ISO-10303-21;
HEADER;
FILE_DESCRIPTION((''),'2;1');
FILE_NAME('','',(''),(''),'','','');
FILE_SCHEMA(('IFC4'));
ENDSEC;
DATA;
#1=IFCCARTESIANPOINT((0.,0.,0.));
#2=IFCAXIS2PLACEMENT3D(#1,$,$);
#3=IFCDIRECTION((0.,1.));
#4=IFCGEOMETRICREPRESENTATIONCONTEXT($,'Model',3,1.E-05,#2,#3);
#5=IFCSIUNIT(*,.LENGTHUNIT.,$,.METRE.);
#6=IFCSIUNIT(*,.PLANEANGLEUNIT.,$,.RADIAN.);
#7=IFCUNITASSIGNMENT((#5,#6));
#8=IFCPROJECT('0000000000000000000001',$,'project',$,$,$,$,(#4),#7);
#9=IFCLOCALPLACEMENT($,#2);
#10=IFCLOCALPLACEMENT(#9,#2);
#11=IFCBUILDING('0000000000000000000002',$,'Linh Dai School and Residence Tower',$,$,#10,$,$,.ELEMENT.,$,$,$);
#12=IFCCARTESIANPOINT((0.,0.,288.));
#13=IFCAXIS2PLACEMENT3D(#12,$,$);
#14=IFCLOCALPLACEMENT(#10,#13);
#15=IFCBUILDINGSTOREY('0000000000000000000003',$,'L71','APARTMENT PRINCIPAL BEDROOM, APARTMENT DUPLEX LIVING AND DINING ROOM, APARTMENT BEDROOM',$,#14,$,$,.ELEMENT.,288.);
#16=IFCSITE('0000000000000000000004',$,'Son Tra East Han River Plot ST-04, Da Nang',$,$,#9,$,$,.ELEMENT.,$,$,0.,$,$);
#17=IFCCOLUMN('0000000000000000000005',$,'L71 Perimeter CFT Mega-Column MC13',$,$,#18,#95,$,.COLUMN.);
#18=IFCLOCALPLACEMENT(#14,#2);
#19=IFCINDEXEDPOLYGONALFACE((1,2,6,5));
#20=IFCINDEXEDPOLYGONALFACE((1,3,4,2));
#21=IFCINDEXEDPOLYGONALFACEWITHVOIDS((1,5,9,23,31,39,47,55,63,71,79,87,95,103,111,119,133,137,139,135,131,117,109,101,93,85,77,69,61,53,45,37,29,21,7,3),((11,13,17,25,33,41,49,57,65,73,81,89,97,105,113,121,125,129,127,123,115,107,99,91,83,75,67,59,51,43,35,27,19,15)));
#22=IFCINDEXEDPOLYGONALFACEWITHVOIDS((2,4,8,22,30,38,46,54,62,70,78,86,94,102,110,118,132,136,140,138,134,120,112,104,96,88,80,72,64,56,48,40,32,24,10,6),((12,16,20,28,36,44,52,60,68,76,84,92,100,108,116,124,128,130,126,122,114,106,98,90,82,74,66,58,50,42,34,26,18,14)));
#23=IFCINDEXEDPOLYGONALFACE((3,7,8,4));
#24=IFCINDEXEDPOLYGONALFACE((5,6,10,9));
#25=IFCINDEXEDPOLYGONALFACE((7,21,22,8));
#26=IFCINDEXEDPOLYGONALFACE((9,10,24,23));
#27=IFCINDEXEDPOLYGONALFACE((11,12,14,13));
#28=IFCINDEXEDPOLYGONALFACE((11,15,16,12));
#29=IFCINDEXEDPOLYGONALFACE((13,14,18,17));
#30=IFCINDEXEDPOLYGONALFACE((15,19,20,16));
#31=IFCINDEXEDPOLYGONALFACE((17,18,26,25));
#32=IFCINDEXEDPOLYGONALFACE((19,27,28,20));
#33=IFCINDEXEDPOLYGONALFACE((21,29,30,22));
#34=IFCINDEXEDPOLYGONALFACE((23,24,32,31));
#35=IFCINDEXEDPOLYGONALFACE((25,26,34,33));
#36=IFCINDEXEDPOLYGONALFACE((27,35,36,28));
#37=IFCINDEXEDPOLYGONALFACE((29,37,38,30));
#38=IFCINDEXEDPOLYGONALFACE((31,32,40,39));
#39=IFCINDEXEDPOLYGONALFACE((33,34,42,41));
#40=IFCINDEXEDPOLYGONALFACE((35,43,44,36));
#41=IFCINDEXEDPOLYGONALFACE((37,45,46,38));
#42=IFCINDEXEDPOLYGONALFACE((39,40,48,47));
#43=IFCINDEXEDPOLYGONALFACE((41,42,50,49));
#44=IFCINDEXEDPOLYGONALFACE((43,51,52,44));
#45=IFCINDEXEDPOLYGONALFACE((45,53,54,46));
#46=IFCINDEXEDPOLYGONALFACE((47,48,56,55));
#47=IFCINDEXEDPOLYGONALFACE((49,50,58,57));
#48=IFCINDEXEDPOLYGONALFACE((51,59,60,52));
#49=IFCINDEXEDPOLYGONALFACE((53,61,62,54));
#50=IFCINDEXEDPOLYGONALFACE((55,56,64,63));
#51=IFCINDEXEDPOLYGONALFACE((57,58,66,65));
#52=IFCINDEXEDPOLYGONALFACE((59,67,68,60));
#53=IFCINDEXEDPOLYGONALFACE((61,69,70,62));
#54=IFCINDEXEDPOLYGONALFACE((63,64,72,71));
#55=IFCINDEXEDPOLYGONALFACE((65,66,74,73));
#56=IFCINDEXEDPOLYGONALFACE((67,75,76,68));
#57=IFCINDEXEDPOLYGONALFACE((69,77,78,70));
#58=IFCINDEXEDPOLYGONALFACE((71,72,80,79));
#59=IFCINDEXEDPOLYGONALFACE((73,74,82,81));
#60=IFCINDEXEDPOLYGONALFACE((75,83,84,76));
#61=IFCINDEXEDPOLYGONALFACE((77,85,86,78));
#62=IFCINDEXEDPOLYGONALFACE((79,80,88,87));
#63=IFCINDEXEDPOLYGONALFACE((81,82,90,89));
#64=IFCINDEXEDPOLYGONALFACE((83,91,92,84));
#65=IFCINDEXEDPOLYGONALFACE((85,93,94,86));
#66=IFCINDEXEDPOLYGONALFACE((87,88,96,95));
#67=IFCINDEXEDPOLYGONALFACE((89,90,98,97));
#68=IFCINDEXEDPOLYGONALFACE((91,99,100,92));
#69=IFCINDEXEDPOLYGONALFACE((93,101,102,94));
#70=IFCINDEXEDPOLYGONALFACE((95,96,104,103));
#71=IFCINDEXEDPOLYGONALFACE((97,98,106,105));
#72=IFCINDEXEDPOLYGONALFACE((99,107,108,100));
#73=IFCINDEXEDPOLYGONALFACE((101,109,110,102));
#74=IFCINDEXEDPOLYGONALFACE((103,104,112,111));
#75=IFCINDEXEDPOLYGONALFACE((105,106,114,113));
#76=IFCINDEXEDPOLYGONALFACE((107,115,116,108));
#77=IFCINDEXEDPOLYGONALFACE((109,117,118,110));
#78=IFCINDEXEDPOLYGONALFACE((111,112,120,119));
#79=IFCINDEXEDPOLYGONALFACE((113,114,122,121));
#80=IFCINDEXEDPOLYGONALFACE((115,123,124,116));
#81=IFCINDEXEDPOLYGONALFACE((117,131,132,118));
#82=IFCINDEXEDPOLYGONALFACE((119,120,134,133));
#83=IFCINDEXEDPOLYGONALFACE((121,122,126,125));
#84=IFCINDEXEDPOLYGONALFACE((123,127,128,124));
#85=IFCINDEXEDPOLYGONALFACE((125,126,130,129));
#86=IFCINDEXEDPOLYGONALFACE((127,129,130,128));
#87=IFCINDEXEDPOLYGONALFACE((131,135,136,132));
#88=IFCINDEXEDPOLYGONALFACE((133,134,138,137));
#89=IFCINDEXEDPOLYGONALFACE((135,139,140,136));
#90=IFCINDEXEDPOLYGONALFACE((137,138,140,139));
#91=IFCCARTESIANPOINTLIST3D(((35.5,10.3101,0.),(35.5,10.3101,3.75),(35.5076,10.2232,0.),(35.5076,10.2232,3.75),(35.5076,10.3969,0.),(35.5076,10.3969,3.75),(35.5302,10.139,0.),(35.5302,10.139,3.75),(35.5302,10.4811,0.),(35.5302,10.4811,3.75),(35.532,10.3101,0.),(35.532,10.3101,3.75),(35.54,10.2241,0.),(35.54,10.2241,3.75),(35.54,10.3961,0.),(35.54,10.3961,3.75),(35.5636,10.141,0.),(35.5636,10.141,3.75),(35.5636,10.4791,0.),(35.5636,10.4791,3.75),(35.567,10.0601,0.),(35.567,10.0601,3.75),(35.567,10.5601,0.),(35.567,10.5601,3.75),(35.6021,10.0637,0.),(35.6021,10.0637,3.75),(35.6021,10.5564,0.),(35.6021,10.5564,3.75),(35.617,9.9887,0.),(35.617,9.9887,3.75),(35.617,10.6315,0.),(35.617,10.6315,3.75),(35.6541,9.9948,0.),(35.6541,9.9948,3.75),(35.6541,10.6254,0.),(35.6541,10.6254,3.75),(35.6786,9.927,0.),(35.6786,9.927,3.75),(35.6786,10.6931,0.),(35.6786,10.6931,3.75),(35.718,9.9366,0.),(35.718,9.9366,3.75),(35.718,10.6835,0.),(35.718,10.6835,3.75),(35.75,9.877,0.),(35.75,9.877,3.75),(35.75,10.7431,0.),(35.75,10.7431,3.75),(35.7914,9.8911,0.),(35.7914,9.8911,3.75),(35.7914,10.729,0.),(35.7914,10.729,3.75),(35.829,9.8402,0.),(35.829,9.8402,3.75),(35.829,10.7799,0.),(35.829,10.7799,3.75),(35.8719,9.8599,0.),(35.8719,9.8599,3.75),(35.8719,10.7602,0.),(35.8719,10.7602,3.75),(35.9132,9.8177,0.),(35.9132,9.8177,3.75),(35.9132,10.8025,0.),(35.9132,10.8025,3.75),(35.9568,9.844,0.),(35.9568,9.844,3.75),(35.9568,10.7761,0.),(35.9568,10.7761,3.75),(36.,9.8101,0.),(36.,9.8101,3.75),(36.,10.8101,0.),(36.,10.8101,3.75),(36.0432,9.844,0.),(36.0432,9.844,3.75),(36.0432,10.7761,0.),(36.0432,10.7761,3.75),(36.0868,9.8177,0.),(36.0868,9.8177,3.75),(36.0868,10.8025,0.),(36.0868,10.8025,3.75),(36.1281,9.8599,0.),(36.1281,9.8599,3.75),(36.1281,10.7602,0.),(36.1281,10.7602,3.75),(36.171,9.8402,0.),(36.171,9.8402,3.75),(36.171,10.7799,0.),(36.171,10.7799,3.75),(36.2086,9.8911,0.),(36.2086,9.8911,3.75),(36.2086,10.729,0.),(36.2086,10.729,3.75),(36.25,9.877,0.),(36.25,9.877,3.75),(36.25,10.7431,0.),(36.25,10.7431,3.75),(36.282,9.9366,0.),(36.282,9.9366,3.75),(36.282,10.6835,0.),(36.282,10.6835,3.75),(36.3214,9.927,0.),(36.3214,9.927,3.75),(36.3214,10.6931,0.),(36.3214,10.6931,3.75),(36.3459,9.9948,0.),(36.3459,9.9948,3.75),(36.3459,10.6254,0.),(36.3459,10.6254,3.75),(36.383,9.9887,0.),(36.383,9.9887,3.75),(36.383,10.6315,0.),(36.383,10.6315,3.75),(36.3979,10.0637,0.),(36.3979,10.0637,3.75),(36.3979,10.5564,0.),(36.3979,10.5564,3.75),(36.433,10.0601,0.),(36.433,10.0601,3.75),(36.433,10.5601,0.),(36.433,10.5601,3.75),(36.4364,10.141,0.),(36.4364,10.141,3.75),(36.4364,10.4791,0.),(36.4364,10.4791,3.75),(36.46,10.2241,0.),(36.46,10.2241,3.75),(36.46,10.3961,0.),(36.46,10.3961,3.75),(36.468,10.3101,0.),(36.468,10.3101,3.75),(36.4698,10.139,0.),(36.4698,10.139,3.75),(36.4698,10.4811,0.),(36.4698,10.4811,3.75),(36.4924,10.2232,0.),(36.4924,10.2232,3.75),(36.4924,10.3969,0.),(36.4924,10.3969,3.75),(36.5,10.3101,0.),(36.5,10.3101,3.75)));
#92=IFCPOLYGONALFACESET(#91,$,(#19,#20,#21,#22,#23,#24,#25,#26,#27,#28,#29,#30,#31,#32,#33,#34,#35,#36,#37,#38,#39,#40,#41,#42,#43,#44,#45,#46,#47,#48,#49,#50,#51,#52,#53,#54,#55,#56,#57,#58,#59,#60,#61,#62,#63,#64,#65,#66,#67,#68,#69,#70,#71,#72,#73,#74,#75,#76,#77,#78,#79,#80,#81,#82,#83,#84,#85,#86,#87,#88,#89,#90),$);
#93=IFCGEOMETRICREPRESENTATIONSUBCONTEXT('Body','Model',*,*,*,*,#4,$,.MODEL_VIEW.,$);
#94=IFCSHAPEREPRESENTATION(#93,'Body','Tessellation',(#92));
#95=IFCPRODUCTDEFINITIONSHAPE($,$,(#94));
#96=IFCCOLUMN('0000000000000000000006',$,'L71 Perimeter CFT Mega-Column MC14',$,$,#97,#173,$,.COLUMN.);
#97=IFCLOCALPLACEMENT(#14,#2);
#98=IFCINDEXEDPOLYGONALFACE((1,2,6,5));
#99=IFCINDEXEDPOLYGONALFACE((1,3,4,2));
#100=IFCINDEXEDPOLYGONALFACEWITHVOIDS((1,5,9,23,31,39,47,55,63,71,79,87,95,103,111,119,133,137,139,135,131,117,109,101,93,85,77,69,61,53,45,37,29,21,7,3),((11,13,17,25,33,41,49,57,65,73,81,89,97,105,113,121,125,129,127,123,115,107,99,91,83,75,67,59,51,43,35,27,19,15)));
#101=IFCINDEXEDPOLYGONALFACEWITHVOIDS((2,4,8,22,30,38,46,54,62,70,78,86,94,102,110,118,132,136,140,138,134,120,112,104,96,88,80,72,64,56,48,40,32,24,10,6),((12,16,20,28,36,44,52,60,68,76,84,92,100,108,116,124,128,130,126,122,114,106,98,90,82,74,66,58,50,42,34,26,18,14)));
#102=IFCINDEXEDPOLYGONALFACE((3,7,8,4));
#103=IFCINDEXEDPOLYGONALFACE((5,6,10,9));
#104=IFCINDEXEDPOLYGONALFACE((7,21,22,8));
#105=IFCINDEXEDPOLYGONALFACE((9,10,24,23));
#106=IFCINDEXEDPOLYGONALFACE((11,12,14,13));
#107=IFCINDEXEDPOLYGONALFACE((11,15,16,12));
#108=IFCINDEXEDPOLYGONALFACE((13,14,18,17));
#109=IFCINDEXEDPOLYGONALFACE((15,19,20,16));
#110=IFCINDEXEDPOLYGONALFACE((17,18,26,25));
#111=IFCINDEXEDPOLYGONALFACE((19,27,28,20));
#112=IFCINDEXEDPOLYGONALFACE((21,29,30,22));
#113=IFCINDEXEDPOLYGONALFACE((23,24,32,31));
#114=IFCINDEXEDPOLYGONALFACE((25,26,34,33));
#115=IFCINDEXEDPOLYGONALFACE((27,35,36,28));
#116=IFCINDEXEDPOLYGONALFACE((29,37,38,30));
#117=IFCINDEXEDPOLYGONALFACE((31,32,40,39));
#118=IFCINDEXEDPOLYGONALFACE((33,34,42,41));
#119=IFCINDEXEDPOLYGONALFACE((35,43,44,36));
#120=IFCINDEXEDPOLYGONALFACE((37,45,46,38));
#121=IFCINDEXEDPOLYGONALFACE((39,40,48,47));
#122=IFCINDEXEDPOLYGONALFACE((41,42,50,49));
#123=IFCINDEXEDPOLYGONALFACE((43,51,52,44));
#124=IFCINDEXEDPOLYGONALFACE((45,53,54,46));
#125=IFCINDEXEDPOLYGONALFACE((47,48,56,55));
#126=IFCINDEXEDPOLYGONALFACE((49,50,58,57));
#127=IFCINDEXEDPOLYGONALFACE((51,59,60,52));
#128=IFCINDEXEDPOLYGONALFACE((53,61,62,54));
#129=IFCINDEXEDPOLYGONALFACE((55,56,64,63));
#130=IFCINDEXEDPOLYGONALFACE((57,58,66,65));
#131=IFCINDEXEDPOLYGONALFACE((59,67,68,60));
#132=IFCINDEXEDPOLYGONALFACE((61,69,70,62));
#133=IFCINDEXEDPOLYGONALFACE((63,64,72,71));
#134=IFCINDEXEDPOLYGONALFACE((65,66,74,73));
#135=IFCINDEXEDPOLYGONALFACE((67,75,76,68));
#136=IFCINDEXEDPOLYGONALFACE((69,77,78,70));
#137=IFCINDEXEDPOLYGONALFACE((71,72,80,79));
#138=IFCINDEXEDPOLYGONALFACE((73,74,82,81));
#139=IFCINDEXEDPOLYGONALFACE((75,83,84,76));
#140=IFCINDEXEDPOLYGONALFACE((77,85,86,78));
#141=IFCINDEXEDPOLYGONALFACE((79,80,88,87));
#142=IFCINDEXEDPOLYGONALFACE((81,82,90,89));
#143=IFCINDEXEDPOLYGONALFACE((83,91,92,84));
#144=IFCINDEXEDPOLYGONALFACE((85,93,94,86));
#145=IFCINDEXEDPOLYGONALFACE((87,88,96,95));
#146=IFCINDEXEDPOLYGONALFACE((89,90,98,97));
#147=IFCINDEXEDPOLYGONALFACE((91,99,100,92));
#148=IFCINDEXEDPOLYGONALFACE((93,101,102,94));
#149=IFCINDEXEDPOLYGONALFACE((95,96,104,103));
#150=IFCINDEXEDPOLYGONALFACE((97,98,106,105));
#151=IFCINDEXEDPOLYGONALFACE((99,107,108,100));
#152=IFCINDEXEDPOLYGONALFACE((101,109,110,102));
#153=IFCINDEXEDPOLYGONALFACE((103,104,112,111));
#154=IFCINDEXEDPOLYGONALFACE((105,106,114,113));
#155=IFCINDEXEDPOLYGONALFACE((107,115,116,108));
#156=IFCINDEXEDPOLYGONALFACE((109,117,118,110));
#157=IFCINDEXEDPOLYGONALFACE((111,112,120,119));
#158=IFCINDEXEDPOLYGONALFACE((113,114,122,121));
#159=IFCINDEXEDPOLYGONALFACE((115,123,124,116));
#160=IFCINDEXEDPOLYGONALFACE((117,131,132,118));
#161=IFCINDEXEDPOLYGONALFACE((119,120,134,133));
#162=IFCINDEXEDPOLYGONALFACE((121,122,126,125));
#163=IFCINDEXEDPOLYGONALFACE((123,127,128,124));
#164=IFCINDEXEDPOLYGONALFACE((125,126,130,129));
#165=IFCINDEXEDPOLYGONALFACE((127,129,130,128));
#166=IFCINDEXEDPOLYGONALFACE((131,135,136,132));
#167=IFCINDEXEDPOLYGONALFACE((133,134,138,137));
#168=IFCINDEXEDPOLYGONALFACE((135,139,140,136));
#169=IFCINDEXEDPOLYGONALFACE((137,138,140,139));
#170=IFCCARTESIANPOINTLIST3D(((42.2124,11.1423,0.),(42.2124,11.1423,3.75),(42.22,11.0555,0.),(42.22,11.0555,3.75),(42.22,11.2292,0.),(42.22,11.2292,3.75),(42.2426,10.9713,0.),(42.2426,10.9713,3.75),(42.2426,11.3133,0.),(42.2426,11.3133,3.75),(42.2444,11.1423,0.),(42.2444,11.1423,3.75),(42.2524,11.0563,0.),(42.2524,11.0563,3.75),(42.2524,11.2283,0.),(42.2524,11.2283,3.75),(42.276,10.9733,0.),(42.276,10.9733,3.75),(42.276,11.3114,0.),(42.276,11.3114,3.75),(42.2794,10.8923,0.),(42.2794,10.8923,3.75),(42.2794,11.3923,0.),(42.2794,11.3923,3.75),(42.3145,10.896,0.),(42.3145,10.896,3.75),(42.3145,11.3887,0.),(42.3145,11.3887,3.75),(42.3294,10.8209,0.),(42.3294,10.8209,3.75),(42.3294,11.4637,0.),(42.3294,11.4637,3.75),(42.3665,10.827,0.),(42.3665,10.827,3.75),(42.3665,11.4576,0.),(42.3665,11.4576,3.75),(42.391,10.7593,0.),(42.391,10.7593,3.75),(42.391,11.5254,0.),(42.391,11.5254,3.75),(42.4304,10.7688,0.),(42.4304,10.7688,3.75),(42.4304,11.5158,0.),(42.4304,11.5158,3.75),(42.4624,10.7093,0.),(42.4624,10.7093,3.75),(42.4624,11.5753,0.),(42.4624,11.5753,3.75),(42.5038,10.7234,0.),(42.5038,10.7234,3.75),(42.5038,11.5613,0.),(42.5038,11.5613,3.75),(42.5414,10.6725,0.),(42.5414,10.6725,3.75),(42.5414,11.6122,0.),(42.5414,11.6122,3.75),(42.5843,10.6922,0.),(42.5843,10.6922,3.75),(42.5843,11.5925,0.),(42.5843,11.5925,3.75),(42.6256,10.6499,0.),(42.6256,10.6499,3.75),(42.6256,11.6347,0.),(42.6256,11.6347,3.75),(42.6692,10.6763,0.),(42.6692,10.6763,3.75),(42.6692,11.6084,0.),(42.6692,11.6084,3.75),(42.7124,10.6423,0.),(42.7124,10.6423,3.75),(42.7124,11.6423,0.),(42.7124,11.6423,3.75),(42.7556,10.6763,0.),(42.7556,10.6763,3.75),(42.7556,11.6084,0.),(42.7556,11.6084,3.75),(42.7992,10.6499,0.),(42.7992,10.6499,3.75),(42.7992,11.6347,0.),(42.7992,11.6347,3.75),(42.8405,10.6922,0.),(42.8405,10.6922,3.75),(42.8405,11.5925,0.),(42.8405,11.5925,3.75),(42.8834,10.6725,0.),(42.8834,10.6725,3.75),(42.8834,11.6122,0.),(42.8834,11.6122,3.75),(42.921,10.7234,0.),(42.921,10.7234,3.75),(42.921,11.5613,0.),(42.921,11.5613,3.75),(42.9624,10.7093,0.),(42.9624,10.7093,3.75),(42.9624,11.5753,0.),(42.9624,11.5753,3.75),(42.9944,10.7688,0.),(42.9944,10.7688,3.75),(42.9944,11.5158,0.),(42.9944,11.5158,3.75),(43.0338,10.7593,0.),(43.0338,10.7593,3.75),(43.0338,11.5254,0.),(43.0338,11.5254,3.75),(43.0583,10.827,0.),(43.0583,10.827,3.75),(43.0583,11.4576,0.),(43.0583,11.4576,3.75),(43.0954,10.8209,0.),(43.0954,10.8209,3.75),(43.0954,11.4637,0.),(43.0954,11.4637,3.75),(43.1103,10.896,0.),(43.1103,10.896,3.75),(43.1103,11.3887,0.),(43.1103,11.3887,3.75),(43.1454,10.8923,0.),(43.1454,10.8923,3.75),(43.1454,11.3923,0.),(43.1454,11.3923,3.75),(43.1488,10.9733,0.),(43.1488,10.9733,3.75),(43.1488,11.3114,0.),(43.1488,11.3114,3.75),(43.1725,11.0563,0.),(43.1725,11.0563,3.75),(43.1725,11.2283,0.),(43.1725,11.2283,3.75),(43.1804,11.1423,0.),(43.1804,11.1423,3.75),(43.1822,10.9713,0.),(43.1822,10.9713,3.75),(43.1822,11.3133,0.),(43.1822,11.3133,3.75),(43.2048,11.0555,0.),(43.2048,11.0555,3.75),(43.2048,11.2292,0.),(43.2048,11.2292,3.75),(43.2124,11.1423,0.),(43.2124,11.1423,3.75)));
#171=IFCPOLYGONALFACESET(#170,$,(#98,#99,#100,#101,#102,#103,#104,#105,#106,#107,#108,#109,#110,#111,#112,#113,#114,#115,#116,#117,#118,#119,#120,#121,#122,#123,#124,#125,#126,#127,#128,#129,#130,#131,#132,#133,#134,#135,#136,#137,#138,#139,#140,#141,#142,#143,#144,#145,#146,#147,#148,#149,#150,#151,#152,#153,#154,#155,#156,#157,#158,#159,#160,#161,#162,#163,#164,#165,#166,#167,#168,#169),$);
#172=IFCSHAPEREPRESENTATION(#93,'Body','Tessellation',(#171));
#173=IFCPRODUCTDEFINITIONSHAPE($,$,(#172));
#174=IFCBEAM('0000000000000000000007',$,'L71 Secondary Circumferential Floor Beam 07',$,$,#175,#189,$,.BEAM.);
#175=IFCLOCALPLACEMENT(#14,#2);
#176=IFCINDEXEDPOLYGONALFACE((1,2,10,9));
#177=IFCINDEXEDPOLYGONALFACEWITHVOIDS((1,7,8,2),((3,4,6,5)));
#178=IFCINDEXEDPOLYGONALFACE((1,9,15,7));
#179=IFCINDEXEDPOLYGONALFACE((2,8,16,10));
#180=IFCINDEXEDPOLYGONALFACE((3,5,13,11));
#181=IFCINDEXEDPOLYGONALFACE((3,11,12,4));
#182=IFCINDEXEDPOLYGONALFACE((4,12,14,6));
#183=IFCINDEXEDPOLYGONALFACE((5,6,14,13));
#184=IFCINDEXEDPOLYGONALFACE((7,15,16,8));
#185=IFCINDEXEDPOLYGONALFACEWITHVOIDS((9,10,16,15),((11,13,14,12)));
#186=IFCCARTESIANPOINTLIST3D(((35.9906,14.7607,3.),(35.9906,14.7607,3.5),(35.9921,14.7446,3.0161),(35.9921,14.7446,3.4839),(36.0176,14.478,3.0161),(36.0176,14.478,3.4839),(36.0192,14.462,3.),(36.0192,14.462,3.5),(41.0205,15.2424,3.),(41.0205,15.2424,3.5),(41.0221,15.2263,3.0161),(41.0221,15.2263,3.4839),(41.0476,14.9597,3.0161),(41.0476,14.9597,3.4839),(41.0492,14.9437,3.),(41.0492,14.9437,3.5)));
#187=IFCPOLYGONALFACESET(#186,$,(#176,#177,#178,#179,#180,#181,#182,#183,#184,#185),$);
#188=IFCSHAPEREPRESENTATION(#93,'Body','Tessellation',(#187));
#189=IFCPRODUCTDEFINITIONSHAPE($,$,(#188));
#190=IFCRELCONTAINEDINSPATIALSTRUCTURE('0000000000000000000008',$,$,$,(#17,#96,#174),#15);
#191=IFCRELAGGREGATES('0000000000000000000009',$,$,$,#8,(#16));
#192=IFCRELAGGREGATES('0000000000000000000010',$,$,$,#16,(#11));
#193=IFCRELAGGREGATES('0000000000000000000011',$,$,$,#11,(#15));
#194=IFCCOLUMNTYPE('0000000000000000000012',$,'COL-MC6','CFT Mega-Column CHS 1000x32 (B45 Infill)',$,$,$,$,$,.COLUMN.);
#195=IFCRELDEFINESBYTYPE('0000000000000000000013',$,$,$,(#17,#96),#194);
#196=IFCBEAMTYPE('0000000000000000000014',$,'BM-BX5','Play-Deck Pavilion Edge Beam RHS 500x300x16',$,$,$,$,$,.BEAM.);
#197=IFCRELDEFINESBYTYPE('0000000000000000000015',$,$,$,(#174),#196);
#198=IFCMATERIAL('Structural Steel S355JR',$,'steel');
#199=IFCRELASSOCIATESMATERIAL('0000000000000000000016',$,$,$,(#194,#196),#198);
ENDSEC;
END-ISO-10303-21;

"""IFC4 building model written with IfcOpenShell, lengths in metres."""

from ifc_helpers import new_model, si_unit, direction, frame, origin, origin_2d, place, context, subcontext, project, spatial, hollow_rectangle, hollow_circle, extrude, material, material_profile, profile_set, type_object, element, save


model = new_model("IFC4")

# Units and contexts
model_context = context("Model", 3, precision=1e-05, world=origin(), true_north=direction((0.0, 1.0)))
body_context = subcontext(model_context, "Body", "Model", "MODEL_VIEW")
ifc_project = project(units=[si_unit("LENGTHUNIT", "METRE"), si_unit("PLANEANGLEUNIT", "RADIAN")], contexts=[model_context])

# Site, building, storey
site_placement = place(None, origin())
site = spatial("IfcSite", under=ifc_project, at=site_placement, Name="Son Tra East Han River Plot ST-04, Da Nang", CompositionType="ELEMENT", RefElevation=0.0)
building_placement = place(site_placement, origin())
building = spatial("IfcBuilding", under=site, at=building_placement, Name="Linh Dai School and Residence Tower", CompositionType="ELEMENT")
storey_placement = place(building_placement, frame((0.0, 0.0, 288.0)))
storey = spatial("IfcBuildingStorey", under=building, at=storey_placement, Name="L71", Description="APARTMENT PRINCIPAL BEDROOM, APARTMENT DUPLEX LIVING AND DINING ROOM, APARTMENT BEDROOM", CompositionType="ELEMENT", Elevation=288.0)

# Columns
ifc_material_1 = material(Name="Structural Steel S355JR", Category="steel")
ifc_material_profile_1 = material_profile(ifc_material_1, hollow_circle(Radius=0.5, WallThickness=0.032, at=origin_2d()), Name="CHS 1000x32")
ifc_profile_set_1 = profile_set([ifc_material_profile_1], Name="Structural Steel S355JR")
column_type = type_object("IfcColumnType", Name="COL-MC6", Description="CFT Mega-Column CHS 1000x32 (B45 Infill)", PredefinedType="COLUMN", material=ifc_profile_set_1)
for number, where, z_axis, x_axis, name in (
    (1, (36.0, 10.3101, 0.0), (0.0, 0.0, 1.0), (1.0, 0.0, 0.0), "L71 Perimeter CFT Mega-Column MC13"),
    (2, (42.7124, 11.1423, 0.0), (0.0, 0.0, 1.0), (1.0, 0.0, 0.0), "L71 Perimeter CFT Mega-Column MC14"),
):
    element("IfcColumn", number, at=place(storey_placement, frame(where, z_axis=z_axis, x_axis=x_axis)), inside=storey, type_object=column_type, Name=name, PredefinedType="COLUMN", context=body_context, shape_type="SweptSolid", body=[
        extrude(hollow_circle(Radius=0.5, WallThickness=0.032, at=origin_2d()), origin(), (0.0, 0.0, 1.0), 3.75),
    ])

# Beam
ifc_material_profile_2 = material_profile(ifc_material_1, hollow_rectangle(XDim=0.3, YDim=0.5, WallThickness=0.0161, at=origin_2d()), Name="RHS 500x300x16")
ifc_profile_set_2 = profile_set([ifc_material_profile_2], Name="Structural Steel S355JR")
beam_type_1 = type_object("IfcBeamType", Name="BM-BX5", Description="Play-Deck Pavilion Edge Beam RHS 500x300x16", PredefinedType="BEAM", material=ifc_profile_set_2)
beam_1_placement = place(storey_placement, frame((36.0049, 14.6113, 3.25), z_axis=(0.995446, 0.095327, 0.0), x_axis=(-0.095327, 0.995446, 0.0)))
element("IfcBeam", 3, at=beam_1_placement, inside=storey, type_object=beam_type_1, Name="L71 Secondary Circumferential Floor Beam 07", PredefinedType="BEAM", context=body_context, shape_type="SweptSolid", body=[
    extrude(hollow_rectangle(XDim=0.3, YDim=0.5, WallThickness=0.0161, at=origin_2d()), origin(), (0.0, 0.0, 1.0), 5.053),
])

save(model, "model.ifc")
